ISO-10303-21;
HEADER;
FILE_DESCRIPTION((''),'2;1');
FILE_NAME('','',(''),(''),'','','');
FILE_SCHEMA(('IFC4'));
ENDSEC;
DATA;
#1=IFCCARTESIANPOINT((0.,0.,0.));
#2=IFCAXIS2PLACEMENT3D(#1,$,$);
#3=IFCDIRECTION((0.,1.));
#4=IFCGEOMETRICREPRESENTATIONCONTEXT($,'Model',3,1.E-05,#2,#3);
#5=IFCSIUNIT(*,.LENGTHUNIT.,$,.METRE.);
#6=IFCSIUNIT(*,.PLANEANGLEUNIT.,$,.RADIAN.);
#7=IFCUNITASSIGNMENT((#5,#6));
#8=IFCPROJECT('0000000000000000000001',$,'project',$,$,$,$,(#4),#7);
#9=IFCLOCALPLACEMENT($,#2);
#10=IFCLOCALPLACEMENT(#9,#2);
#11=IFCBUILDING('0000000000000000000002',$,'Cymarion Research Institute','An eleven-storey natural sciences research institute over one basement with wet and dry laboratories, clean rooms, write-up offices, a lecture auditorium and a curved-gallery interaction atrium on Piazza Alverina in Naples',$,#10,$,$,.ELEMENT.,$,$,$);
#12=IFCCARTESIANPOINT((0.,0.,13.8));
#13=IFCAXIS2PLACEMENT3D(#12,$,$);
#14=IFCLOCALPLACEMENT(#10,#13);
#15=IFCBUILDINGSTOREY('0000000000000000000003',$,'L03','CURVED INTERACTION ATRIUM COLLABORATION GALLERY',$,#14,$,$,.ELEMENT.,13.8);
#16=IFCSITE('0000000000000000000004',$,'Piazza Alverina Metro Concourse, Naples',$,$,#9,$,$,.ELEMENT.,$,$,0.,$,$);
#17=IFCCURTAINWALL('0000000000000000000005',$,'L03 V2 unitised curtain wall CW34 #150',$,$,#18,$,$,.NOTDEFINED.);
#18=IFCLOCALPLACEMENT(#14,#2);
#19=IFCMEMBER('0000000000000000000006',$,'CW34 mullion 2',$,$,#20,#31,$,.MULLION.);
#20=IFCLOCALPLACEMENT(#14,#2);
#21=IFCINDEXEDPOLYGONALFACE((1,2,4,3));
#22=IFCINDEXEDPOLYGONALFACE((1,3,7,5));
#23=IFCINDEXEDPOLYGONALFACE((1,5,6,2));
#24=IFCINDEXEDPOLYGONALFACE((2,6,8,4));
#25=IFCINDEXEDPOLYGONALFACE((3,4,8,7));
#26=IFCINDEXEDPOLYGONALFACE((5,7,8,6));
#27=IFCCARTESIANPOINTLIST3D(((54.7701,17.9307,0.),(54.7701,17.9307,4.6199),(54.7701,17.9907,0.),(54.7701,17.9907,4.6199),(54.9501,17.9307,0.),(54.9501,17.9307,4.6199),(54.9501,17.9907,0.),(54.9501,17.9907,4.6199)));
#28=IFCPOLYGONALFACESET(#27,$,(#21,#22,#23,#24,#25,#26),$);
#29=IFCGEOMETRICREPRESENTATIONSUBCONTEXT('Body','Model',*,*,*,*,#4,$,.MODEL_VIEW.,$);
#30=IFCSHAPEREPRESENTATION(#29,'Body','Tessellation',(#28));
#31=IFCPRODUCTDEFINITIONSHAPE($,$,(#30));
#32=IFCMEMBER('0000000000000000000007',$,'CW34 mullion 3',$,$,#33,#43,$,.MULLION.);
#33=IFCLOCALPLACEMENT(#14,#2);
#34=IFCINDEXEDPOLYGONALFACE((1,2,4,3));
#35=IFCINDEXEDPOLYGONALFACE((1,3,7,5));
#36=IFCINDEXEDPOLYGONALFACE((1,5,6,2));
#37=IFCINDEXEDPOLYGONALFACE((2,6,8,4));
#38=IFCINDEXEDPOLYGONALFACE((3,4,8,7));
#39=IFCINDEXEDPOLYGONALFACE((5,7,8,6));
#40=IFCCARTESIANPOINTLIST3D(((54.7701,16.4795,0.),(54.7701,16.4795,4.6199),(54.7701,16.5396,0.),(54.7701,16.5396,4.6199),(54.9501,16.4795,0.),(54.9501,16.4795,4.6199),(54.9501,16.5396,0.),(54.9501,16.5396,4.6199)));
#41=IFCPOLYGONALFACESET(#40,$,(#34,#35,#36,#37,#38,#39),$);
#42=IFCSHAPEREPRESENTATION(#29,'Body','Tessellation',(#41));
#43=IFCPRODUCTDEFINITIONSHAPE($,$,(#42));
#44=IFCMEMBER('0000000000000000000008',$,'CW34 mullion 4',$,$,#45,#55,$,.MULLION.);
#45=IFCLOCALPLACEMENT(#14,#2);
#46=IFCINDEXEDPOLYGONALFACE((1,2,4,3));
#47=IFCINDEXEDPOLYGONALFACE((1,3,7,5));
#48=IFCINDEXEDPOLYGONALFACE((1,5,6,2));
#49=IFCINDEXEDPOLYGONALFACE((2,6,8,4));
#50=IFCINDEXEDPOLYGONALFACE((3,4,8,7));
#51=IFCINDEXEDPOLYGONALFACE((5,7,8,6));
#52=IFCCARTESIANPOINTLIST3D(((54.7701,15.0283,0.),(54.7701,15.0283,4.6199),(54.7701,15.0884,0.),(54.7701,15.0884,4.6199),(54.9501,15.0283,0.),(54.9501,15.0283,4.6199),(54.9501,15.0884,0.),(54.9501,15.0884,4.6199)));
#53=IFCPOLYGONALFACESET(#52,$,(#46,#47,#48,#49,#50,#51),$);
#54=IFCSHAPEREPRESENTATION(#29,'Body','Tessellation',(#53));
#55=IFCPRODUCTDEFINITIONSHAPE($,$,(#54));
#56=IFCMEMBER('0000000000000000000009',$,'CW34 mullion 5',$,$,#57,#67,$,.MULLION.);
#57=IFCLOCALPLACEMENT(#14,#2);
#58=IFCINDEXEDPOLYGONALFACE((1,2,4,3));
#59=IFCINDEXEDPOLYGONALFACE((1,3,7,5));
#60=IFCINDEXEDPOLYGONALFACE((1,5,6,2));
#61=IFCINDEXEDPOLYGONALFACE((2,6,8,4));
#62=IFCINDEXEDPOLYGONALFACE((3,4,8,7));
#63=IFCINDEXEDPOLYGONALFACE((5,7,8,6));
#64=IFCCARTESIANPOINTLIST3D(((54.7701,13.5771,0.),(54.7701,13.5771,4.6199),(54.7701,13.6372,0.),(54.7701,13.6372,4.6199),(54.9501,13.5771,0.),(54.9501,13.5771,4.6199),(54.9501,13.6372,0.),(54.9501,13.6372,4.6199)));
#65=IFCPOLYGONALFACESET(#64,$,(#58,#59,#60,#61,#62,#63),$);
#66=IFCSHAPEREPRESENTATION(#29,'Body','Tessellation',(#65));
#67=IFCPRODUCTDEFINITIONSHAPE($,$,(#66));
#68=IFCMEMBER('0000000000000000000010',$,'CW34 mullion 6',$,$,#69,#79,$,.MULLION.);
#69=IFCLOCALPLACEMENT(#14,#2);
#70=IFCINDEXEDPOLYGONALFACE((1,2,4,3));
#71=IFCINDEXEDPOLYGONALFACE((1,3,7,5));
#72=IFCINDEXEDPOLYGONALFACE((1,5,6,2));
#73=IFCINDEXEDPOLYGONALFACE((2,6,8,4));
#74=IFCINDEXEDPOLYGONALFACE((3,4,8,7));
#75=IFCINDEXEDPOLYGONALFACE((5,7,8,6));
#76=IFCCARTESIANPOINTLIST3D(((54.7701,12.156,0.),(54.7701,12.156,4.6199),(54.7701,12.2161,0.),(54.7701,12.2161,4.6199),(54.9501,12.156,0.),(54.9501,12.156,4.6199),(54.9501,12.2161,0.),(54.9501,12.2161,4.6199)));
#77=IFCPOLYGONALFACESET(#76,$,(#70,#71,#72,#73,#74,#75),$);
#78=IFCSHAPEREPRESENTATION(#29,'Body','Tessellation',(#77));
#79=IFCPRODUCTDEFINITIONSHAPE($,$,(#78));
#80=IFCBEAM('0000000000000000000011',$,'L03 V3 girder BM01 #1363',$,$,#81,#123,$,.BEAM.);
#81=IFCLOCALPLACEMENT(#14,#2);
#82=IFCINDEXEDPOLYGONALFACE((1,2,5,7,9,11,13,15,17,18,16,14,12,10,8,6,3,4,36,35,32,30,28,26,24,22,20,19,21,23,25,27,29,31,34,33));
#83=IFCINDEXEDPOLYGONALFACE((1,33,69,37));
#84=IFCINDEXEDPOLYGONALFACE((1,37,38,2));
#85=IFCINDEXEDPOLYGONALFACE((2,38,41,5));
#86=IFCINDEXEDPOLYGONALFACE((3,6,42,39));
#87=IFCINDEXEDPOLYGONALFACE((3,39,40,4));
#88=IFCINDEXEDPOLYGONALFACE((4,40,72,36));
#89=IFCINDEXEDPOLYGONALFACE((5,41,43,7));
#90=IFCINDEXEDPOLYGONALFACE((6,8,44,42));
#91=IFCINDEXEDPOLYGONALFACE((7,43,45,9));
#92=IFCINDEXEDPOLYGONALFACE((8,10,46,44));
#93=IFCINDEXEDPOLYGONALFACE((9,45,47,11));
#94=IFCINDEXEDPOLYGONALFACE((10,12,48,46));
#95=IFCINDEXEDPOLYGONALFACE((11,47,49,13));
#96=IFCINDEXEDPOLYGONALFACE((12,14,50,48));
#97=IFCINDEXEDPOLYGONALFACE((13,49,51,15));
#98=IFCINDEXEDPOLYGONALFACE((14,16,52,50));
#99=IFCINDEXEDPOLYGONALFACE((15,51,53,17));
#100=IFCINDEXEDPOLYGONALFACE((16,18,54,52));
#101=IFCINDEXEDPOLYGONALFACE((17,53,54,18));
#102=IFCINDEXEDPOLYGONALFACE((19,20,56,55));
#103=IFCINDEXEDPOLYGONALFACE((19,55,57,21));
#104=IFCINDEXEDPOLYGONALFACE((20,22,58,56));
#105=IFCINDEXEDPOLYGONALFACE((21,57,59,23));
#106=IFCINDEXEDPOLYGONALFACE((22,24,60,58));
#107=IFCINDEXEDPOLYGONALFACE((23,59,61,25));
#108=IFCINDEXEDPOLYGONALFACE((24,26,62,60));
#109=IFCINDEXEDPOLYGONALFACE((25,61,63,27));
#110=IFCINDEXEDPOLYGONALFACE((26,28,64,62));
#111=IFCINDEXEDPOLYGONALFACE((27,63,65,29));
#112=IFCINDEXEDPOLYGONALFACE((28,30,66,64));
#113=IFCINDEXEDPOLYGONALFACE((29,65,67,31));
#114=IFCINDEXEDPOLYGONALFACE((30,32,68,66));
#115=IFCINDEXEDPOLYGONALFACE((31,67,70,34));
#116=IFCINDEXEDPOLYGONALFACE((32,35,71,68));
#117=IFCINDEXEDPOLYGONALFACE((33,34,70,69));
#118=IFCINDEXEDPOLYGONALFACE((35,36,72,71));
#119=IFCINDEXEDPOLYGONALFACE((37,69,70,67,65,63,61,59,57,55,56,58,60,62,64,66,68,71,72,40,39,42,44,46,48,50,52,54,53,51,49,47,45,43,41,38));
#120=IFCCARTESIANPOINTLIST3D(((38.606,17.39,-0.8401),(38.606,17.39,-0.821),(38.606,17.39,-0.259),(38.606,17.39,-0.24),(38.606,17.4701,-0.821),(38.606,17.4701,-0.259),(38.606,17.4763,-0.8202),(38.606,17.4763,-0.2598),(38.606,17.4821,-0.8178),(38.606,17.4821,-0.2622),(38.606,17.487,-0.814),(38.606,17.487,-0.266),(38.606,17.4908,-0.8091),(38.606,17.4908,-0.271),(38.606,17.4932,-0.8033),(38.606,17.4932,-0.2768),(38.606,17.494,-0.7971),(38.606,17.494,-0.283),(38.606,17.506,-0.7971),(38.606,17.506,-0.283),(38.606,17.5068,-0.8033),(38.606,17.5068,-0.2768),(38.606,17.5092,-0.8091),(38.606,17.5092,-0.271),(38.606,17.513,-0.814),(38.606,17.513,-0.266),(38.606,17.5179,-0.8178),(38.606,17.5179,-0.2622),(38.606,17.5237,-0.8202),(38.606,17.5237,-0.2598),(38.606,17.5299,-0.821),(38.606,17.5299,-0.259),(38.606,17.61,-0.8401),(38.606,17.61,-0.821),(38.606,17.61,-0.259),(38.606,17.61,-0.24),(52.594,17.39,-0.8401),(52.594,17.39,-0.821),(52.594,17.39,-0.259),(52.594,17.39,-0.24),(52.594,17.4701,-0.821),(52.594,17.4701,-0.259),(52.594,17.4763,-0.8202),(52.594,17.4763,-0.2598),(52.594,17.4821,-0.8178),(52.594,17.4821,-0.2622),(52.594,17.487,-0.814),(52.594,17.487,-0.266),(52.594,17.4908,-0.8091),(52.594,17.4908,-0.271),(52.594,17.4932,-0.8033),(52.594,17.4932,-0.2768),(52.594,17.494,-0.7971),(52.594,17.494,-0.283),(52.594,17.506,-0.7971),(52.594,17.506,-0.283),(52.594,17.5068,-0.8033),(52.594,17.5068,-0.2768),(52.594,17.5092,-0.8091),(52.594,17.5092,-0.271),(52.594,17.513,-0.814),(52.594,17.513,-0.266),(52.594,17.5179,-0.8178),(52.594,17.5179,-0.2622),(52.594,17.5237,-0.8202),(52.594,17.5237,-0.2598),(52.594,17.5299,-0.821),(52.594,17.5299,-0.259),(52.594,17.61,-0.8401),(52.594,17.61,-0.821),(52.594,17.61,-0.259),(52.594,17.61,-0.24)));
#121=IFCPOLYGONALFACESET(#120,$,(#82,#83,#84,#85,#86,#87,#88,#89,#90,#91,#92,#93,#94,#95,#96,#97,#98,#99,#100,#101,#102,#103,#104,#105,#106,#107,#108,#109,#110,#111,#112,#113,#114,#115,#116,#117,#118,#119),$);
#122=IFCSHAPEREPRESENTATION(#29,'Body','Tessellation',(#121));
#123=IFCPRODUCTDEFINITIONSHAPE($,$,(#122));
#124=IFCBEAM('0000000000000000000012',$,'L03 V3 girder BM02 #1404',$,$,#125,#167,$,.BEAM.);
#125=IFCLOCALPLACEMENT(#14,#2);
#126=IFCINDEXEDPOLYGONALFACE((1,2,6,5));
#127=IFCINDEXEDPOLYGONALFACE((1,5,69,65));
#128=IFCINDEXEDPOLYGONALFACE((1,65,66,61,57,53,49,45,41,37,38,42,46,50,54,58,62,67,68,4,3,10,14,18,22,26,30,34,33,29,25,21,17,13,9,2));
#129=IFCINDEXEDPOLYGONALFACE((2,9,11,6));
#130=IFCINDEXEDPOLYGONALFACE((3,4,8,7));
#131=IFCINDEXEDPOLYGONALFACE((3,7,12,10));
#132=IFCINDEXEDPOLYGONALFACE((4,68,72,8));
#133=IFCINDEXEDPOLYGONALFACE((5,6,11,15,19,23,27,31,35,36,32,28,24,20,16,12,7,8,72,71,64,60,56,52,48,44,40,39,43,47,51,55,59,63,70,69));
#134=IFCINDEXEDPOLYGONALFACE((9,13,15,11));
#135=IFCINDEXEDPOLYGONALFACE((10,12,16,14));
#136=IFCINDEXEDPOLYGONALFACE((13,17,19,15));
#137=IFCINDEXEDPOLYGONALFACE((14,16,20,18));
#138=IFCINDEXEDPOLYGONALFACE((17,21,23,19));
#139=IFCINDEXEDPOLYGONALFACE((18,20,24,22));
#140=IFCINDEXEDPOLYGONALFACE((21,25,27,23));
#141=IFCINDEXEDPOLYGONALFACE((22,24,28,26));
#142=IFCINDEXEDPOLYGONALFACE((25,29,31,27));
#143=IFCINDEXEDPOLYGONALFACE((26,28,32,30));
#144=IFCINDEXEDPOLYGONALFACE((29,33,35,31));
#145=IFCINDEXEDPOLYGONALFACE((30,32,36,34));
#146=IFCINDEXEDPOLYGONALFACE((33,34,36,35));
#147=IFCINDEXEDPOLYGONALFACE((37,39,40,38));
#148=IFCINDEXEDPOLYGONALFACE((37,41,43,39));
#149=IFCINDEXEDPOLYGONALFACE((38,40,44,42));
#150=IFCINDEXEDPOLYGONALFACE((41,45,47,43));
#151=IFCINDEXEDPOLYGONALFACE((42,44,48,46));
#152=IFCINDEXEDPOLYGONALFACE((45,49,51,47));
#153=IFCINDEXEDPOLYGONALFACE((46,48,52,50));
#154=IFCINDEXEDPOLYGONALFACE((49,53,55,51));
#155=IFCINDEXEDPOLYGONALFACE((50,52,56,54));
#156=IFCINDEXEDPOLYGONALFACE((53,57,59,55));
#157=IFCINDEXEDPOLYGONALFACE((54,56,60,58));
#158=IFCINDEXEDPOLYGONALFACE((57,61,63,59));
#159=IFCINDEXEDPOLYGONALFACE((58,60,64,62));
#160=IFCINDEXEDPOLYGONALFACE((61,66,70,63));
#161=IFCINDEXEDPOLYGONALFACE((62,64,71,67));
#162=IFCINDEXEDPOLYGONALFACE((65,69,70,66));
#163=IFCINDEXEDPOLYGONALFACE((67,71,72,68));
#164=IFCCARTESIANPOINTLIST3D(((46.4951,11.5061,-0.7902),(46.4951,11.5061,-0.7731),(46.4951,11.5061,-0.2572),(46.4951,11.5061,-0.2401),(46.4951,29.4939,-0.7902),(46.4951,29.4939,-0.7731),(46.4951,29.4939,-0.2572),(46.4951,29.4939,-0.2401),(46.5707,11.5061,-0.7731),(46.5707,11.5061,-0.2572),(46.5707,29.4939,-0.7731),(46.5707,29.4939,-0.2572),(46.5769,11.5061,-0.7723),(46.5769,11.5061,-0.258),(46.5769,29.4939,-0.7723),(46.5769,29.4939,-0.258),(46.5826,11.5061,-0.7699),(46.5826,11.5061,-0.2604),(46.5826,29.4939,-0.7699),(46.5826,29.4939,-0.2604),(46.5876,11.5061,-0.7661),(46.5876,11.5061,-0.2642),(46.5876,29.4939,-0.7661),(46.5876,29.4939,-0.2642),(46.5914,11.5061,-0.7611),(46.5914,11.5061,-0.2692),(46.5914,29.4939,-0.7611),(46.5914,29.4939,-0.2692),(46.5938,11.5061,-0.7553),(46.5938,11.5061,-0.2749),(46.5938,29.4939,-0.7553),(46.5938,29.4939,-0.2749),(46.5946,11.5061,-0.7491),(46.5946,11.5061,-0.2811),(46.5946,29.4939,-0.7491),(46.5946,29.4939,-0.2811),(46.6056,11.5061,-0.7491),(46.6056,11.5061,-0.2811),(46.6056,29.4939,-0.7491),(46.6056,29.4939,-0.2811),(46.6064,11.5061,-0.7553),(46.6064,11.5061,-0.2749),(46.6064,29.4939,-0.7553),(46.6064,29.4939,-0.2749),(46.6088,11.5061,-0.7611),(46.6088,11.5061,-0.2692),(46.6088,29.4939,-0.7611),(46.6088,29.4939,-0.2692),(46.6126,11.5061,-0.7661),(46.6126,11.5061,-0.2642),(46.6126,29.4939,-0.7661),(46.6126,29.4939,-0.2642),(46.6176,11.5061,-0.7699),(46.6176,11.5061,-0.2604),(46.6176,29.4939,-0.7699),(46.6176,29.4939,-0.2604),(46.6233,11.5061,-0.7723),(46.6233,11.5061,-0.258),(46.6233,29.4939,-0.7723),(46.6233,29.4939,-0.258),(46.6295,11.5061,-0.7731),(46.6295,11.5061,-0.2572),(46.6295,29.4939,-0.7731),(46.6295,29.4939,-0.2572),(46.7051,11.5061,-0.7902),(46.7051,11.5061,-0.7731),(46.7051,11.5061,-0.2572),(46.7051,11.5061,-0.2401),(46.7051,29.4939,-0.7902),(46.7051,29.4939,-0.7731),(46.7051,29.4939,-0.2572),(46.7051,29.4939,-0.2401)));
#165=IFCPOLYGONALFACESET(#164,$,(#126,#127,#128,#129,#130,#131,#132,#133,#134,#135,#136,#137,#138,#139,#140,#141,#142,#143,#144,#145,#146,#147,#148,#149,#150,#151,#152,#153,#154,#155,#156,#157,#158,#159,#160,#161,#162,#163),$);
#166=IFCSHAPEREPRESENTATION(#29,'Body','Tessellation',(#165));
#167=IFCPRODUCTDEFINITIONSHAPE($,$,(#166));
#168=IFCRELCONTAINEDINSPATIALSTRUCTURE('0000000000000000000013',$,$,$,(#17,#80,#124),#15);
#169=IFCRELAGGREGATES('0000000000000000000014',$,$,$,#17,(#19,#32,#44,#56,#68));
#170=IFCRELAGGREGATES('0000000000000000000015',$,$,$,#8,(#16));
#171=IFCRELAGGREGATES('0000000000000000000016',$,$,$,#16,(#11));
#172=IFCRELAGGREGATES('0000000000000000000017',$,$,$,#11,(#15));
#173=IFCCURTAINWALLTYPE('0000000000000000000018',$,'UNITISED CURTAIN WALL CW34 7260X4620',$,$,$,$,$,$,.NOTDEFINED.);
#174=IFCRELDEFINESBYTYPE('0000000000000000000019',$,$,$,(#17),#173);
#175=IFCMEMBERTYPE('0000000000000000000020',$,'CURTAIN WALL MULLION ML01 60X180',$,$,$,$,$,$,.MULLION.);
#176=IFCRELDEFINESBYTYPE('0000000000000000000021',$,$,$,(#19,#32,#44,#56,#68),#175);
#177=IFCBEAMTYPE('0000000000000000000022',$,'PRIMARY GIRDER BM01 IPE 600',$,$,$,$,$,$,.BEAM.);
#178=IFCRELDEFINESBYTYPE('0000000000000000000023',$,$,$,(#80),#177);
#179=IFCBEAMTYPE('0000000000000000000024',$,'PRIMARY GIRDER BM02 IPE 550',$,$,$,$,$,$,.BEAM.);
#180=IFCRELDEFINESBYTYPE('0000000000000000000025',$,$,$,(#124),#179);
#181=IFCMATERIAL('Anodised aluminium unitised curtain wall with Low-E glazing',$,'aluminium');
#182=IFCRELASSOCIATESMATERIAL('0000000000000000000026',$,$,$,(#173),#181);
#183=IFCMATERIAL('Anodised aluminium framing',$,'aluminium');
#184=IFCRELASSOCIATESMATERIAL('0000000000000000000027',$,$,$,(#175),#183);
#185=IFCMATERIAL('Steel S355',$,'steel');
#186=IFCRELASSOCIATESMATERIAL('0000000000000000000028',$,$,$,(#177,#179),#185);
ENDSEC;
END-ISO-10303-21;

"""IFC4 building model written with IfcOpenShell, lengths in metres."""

from ifc_helpers import new_model, si_unit, direction, frame, origin, origin_2d, place, context, subcontext, project, spatial, rectangle, i_section, extrude, material, material_profile, profile_set, type_object, element, aggregate, save


model = new_model("IFC4")

# Units and contexts
model_context = context("Model", 3, precision=1e-05, world=origin(), true_north=direction((0.0, 1.0)))
body_context = subcontext(model_context, "Body", "Model", "MODEL_VIEW")
ifc_project = project(units=[si_unit("LENGTHUNIT", "METRE"), si_unit("PLANEANGLEUNIT", "RADIAN")], contexts=[model_context])

# Site, building, storey
site_placement = place(None, origin())
site = spatial("IfcSite", under=ifc_project, at=site_placement, Name="Piazza Alverina Metro Concourse, Naples", CompositionType="ELEMENT", RefElevation=0.0)
building_placement = place(site_placement, origin())
building = spatial("IfcBuilding", under=site, at=building_placement, Name="Cymarion Research Institute", Description="An eleven-storey natural sciences research institute over one basement with wet and dry laboratories, clean rooms, write-up offices, a lecture auditorium and a curved-gallery interaction atrium on Piazza Alverina in Naples", CompositionType="ELEMENT")
storey_placement = place(building_placement, frame((0.0, 0.0, 13.8)))
storey = spatial("IfcBuildingStorey", under=building, at=storey_placement, Name="L03", Description="CURVED INTERACTION ATRIUM COLLABORATION GALLERY", CompositionType="ELEMENT", Elevation=13.8)

# Curtain wall, members
ifc_material_1 = material(Name="Anodised aluminium unitised curtain wall with Low-E glazing", Category="aluminium")
curtain_wall_type = type_object("IfcCurtainWallType", Name="UNITISED CURTAIN WALL CW34 7260X4620", PredefinedType="NOTDEFINED", material=ifc_material_1)
curtain_wall_placement = place(storey_placement, origin())
curtain_wall = element("IfcCurtainWall", 1, at=curtain_wall_placement, inside=storey, type_object=curtain_wall_type, Name="L03 V2 unitised curtain wall CW34 #150", PredefinedType="NOTDEFINED")
ifc_material_2 = material(Name="Anodised aluminium framing", Category="aluminium")
ifc_material_profile_1 = material_profile(ifc_material_2, rectangle(XDim=0.0601, YDim=0.1799, at=origin_2d()), Name="ALU MULLION 60x180")
ifc_profile_set_1 = profile_set([ifc_material_profile_1], Name="Anodised aluminium framing")
member_type = type_object("IfcMemberType", Name="CURTAIN WALL MULLION ML01 60X180", PredefinedType="MULLION", material=ifc_profile_set_1)
member_1_placement = place(storey_placement, frame((54.8601, 17.9607, 0.0), z_axis=(0.0, 0.0, 1.0), x_axis=(0.0, -1.0, 0.0)))
member_1 = element("IfcMember", 2, at=member_1_placement, type_object=member_type, Name="CW34 mullion 2", PredefinedType="MULLION", context=body_context, shape_type="SweptSolid", body=[
    extrude(rectangle(XDim=0.0601, YDim=0.1799, at=origin_2d()), origin(), (0.0, 0.0, 1.0), 4.6199),
])
member_2_placement = place(storey_placement, frame((54.8601, 16.5095, 0.0), z_axis=(0.0, 0.0, 1.0), x_axis=(0.0, -1.0, 0.0)))
member_2 = element("IfcMember", 3, at=member_2_placement, type_object=member_type, Name="CW34 mullion 3", PredefinedType="MULLION", context=body_context, shape_type="SweptSolid", body=[
    extrude(rectangle(XDim=0.0601, YDim=0.1799, at=origin_2d()), origin(), (0.0, 0.0, 1.0), 4.6199),
])
member_3_placement = place(storey_placement, frame((54.8601, 15.0583, 0.0), z_axis=(0.0, 0.0, 1.0), x_axis=(0.0, -1.0, 0.0)))
member_3 = element("IfcMember", 4, at=member_3_placement, type_object=member_type, Name="CW34 mullion 4", PredefinedType="MULLION", context=body_context, shape_type="SweptSolid", body=[
    extrude(rectangle(XDim=0.0601, YDim=0.1799, at=origin_2d()), origin(), (0.0, 0.0, 1.0), 4.6199),
])
member_4_placement = place(storey_placement, frame((54.8601, 13.6072, 0.0), z_axis=(0.0, 0.0, 1.0), x_axis=(0.0, -1.0, 0.0)))
member_4 = element("IfcMember", 5, at=member_4_placement, type_object=member_type, Name="CW34 mullion 5", PredefinedType="MULLION", context=body_context, shape_type="SweptSolid", body=[
    extrude(rectangle(XDim=0.0601, YDim=0.1799, at=origin_2d()), origin(), (0.0, 0.0, 1.0), 4.6199),
])
member_5_placement = place(storey_placement, frame((54.8601, 12.186, 0.0), z_axis=(0.0, 0.0, 1.0), x_axis=(0.0, -1.0, 0.0)))
member_5 = element("IfcMember", 6, at=member_5_placement, type_object=member_type, Name="CW34 mullion 6", PredefinedType="MULLION", context=body_context, shape_type="SweptSolid", body=[
    extrude(rectangle(XDim=0.0601, YDim=0.1799, at=origin_2d()), origin(), (0.0, 0.0, 1.0), 4.6199),
])
aggregate(curtain_wall, [member_1, member_2, member_3, member_4, member_5])

# Beams
ifc_material_3 = material(Name="Steel S355", Category="steel")
ifc_material_profile_2 = material_profile(ifc_material_3, i_section(OverallWidth=0.22, OverallDepth=0.6001, WebThickness=0.012, FlangeThickness=0.019, FilletRadius=0.0239, at=origin_2d()), Name="IPE 600")
ifc_profile_set_2 = profile_set([ifc_material_profile_2], Name="Steel S355")
beam_type_1 = type_object("IfcBeamType", Name="PRIMARY GIRDER BM01 IPE 600", PredefinedType="BEAM", material=ifc_profile_set_2)
beam_1_placement = place(storey_placement, frame((38.606, 17.5, -0.54), z_axis=(1.0, 0.0, 0.0), x_axis=(0.0, 1.0, 0.0)))
element("IfcBeam", 7, at=beam_1_placement, inside=storey, type_object=beam_type_1, Name="L03 V3 girder BM01 #1363", PredefinedType="BEAM", context=body_context, shape_type="SweptSolid", body=[
    extrude(i_section(OverallWidth=0.22, OverallDepth=0.6001, WebThickness=0.012, FlangeThickness=0.019, FilletRadius=0.0239, at=origin_2d()), origin(), (0.0, 0.0, 1.0), 13.988),
])
ifc_material_profile_3 = material_profile(ifc_material_3, i_section(OverallWidth=0.21, OverallDepth=0.55, WebThickness=0.011, FlangeThickness=0.0171, FilletRadius=0.0239, at=origin_2d()), Name="IPE 550")
ifc_profile_set_3 = profile_set([ifc_material_profile_3], Name="Steel S355")
beam_type_2 = type_object("IfcBeamType", Name="PRIMARY GIRDER BM02 IPE 550", PredefinedType="BEAM", material=ifc_profile_set_3)
beam_2_placement = place(storey_placement, frame((46.6001, 11.5061, -0.5151), z_axis=(0.0, 1.0, 0.0), x_axis=(-1.0, 0.0, 0.0)))
element("IfcBeam", 8, at=beam_2_placement, inside=storey, type_object=beam_type_2, Name="L03 V3 girder BM02 #1404", PredefinedType="BEAM", context=body_context, shape_type="SweptSolid", body=[
    extrude(i_section(OverallWidth=0.21, OverallDepth=0.55, WebThickness=0.011, FlangeThickness=0.0171, FilletRadius=0.0239, at=origin_2d()), origin(), (0.0, 0.0, 1.0), 17.9878),
])

save(model, "model.ifc")
